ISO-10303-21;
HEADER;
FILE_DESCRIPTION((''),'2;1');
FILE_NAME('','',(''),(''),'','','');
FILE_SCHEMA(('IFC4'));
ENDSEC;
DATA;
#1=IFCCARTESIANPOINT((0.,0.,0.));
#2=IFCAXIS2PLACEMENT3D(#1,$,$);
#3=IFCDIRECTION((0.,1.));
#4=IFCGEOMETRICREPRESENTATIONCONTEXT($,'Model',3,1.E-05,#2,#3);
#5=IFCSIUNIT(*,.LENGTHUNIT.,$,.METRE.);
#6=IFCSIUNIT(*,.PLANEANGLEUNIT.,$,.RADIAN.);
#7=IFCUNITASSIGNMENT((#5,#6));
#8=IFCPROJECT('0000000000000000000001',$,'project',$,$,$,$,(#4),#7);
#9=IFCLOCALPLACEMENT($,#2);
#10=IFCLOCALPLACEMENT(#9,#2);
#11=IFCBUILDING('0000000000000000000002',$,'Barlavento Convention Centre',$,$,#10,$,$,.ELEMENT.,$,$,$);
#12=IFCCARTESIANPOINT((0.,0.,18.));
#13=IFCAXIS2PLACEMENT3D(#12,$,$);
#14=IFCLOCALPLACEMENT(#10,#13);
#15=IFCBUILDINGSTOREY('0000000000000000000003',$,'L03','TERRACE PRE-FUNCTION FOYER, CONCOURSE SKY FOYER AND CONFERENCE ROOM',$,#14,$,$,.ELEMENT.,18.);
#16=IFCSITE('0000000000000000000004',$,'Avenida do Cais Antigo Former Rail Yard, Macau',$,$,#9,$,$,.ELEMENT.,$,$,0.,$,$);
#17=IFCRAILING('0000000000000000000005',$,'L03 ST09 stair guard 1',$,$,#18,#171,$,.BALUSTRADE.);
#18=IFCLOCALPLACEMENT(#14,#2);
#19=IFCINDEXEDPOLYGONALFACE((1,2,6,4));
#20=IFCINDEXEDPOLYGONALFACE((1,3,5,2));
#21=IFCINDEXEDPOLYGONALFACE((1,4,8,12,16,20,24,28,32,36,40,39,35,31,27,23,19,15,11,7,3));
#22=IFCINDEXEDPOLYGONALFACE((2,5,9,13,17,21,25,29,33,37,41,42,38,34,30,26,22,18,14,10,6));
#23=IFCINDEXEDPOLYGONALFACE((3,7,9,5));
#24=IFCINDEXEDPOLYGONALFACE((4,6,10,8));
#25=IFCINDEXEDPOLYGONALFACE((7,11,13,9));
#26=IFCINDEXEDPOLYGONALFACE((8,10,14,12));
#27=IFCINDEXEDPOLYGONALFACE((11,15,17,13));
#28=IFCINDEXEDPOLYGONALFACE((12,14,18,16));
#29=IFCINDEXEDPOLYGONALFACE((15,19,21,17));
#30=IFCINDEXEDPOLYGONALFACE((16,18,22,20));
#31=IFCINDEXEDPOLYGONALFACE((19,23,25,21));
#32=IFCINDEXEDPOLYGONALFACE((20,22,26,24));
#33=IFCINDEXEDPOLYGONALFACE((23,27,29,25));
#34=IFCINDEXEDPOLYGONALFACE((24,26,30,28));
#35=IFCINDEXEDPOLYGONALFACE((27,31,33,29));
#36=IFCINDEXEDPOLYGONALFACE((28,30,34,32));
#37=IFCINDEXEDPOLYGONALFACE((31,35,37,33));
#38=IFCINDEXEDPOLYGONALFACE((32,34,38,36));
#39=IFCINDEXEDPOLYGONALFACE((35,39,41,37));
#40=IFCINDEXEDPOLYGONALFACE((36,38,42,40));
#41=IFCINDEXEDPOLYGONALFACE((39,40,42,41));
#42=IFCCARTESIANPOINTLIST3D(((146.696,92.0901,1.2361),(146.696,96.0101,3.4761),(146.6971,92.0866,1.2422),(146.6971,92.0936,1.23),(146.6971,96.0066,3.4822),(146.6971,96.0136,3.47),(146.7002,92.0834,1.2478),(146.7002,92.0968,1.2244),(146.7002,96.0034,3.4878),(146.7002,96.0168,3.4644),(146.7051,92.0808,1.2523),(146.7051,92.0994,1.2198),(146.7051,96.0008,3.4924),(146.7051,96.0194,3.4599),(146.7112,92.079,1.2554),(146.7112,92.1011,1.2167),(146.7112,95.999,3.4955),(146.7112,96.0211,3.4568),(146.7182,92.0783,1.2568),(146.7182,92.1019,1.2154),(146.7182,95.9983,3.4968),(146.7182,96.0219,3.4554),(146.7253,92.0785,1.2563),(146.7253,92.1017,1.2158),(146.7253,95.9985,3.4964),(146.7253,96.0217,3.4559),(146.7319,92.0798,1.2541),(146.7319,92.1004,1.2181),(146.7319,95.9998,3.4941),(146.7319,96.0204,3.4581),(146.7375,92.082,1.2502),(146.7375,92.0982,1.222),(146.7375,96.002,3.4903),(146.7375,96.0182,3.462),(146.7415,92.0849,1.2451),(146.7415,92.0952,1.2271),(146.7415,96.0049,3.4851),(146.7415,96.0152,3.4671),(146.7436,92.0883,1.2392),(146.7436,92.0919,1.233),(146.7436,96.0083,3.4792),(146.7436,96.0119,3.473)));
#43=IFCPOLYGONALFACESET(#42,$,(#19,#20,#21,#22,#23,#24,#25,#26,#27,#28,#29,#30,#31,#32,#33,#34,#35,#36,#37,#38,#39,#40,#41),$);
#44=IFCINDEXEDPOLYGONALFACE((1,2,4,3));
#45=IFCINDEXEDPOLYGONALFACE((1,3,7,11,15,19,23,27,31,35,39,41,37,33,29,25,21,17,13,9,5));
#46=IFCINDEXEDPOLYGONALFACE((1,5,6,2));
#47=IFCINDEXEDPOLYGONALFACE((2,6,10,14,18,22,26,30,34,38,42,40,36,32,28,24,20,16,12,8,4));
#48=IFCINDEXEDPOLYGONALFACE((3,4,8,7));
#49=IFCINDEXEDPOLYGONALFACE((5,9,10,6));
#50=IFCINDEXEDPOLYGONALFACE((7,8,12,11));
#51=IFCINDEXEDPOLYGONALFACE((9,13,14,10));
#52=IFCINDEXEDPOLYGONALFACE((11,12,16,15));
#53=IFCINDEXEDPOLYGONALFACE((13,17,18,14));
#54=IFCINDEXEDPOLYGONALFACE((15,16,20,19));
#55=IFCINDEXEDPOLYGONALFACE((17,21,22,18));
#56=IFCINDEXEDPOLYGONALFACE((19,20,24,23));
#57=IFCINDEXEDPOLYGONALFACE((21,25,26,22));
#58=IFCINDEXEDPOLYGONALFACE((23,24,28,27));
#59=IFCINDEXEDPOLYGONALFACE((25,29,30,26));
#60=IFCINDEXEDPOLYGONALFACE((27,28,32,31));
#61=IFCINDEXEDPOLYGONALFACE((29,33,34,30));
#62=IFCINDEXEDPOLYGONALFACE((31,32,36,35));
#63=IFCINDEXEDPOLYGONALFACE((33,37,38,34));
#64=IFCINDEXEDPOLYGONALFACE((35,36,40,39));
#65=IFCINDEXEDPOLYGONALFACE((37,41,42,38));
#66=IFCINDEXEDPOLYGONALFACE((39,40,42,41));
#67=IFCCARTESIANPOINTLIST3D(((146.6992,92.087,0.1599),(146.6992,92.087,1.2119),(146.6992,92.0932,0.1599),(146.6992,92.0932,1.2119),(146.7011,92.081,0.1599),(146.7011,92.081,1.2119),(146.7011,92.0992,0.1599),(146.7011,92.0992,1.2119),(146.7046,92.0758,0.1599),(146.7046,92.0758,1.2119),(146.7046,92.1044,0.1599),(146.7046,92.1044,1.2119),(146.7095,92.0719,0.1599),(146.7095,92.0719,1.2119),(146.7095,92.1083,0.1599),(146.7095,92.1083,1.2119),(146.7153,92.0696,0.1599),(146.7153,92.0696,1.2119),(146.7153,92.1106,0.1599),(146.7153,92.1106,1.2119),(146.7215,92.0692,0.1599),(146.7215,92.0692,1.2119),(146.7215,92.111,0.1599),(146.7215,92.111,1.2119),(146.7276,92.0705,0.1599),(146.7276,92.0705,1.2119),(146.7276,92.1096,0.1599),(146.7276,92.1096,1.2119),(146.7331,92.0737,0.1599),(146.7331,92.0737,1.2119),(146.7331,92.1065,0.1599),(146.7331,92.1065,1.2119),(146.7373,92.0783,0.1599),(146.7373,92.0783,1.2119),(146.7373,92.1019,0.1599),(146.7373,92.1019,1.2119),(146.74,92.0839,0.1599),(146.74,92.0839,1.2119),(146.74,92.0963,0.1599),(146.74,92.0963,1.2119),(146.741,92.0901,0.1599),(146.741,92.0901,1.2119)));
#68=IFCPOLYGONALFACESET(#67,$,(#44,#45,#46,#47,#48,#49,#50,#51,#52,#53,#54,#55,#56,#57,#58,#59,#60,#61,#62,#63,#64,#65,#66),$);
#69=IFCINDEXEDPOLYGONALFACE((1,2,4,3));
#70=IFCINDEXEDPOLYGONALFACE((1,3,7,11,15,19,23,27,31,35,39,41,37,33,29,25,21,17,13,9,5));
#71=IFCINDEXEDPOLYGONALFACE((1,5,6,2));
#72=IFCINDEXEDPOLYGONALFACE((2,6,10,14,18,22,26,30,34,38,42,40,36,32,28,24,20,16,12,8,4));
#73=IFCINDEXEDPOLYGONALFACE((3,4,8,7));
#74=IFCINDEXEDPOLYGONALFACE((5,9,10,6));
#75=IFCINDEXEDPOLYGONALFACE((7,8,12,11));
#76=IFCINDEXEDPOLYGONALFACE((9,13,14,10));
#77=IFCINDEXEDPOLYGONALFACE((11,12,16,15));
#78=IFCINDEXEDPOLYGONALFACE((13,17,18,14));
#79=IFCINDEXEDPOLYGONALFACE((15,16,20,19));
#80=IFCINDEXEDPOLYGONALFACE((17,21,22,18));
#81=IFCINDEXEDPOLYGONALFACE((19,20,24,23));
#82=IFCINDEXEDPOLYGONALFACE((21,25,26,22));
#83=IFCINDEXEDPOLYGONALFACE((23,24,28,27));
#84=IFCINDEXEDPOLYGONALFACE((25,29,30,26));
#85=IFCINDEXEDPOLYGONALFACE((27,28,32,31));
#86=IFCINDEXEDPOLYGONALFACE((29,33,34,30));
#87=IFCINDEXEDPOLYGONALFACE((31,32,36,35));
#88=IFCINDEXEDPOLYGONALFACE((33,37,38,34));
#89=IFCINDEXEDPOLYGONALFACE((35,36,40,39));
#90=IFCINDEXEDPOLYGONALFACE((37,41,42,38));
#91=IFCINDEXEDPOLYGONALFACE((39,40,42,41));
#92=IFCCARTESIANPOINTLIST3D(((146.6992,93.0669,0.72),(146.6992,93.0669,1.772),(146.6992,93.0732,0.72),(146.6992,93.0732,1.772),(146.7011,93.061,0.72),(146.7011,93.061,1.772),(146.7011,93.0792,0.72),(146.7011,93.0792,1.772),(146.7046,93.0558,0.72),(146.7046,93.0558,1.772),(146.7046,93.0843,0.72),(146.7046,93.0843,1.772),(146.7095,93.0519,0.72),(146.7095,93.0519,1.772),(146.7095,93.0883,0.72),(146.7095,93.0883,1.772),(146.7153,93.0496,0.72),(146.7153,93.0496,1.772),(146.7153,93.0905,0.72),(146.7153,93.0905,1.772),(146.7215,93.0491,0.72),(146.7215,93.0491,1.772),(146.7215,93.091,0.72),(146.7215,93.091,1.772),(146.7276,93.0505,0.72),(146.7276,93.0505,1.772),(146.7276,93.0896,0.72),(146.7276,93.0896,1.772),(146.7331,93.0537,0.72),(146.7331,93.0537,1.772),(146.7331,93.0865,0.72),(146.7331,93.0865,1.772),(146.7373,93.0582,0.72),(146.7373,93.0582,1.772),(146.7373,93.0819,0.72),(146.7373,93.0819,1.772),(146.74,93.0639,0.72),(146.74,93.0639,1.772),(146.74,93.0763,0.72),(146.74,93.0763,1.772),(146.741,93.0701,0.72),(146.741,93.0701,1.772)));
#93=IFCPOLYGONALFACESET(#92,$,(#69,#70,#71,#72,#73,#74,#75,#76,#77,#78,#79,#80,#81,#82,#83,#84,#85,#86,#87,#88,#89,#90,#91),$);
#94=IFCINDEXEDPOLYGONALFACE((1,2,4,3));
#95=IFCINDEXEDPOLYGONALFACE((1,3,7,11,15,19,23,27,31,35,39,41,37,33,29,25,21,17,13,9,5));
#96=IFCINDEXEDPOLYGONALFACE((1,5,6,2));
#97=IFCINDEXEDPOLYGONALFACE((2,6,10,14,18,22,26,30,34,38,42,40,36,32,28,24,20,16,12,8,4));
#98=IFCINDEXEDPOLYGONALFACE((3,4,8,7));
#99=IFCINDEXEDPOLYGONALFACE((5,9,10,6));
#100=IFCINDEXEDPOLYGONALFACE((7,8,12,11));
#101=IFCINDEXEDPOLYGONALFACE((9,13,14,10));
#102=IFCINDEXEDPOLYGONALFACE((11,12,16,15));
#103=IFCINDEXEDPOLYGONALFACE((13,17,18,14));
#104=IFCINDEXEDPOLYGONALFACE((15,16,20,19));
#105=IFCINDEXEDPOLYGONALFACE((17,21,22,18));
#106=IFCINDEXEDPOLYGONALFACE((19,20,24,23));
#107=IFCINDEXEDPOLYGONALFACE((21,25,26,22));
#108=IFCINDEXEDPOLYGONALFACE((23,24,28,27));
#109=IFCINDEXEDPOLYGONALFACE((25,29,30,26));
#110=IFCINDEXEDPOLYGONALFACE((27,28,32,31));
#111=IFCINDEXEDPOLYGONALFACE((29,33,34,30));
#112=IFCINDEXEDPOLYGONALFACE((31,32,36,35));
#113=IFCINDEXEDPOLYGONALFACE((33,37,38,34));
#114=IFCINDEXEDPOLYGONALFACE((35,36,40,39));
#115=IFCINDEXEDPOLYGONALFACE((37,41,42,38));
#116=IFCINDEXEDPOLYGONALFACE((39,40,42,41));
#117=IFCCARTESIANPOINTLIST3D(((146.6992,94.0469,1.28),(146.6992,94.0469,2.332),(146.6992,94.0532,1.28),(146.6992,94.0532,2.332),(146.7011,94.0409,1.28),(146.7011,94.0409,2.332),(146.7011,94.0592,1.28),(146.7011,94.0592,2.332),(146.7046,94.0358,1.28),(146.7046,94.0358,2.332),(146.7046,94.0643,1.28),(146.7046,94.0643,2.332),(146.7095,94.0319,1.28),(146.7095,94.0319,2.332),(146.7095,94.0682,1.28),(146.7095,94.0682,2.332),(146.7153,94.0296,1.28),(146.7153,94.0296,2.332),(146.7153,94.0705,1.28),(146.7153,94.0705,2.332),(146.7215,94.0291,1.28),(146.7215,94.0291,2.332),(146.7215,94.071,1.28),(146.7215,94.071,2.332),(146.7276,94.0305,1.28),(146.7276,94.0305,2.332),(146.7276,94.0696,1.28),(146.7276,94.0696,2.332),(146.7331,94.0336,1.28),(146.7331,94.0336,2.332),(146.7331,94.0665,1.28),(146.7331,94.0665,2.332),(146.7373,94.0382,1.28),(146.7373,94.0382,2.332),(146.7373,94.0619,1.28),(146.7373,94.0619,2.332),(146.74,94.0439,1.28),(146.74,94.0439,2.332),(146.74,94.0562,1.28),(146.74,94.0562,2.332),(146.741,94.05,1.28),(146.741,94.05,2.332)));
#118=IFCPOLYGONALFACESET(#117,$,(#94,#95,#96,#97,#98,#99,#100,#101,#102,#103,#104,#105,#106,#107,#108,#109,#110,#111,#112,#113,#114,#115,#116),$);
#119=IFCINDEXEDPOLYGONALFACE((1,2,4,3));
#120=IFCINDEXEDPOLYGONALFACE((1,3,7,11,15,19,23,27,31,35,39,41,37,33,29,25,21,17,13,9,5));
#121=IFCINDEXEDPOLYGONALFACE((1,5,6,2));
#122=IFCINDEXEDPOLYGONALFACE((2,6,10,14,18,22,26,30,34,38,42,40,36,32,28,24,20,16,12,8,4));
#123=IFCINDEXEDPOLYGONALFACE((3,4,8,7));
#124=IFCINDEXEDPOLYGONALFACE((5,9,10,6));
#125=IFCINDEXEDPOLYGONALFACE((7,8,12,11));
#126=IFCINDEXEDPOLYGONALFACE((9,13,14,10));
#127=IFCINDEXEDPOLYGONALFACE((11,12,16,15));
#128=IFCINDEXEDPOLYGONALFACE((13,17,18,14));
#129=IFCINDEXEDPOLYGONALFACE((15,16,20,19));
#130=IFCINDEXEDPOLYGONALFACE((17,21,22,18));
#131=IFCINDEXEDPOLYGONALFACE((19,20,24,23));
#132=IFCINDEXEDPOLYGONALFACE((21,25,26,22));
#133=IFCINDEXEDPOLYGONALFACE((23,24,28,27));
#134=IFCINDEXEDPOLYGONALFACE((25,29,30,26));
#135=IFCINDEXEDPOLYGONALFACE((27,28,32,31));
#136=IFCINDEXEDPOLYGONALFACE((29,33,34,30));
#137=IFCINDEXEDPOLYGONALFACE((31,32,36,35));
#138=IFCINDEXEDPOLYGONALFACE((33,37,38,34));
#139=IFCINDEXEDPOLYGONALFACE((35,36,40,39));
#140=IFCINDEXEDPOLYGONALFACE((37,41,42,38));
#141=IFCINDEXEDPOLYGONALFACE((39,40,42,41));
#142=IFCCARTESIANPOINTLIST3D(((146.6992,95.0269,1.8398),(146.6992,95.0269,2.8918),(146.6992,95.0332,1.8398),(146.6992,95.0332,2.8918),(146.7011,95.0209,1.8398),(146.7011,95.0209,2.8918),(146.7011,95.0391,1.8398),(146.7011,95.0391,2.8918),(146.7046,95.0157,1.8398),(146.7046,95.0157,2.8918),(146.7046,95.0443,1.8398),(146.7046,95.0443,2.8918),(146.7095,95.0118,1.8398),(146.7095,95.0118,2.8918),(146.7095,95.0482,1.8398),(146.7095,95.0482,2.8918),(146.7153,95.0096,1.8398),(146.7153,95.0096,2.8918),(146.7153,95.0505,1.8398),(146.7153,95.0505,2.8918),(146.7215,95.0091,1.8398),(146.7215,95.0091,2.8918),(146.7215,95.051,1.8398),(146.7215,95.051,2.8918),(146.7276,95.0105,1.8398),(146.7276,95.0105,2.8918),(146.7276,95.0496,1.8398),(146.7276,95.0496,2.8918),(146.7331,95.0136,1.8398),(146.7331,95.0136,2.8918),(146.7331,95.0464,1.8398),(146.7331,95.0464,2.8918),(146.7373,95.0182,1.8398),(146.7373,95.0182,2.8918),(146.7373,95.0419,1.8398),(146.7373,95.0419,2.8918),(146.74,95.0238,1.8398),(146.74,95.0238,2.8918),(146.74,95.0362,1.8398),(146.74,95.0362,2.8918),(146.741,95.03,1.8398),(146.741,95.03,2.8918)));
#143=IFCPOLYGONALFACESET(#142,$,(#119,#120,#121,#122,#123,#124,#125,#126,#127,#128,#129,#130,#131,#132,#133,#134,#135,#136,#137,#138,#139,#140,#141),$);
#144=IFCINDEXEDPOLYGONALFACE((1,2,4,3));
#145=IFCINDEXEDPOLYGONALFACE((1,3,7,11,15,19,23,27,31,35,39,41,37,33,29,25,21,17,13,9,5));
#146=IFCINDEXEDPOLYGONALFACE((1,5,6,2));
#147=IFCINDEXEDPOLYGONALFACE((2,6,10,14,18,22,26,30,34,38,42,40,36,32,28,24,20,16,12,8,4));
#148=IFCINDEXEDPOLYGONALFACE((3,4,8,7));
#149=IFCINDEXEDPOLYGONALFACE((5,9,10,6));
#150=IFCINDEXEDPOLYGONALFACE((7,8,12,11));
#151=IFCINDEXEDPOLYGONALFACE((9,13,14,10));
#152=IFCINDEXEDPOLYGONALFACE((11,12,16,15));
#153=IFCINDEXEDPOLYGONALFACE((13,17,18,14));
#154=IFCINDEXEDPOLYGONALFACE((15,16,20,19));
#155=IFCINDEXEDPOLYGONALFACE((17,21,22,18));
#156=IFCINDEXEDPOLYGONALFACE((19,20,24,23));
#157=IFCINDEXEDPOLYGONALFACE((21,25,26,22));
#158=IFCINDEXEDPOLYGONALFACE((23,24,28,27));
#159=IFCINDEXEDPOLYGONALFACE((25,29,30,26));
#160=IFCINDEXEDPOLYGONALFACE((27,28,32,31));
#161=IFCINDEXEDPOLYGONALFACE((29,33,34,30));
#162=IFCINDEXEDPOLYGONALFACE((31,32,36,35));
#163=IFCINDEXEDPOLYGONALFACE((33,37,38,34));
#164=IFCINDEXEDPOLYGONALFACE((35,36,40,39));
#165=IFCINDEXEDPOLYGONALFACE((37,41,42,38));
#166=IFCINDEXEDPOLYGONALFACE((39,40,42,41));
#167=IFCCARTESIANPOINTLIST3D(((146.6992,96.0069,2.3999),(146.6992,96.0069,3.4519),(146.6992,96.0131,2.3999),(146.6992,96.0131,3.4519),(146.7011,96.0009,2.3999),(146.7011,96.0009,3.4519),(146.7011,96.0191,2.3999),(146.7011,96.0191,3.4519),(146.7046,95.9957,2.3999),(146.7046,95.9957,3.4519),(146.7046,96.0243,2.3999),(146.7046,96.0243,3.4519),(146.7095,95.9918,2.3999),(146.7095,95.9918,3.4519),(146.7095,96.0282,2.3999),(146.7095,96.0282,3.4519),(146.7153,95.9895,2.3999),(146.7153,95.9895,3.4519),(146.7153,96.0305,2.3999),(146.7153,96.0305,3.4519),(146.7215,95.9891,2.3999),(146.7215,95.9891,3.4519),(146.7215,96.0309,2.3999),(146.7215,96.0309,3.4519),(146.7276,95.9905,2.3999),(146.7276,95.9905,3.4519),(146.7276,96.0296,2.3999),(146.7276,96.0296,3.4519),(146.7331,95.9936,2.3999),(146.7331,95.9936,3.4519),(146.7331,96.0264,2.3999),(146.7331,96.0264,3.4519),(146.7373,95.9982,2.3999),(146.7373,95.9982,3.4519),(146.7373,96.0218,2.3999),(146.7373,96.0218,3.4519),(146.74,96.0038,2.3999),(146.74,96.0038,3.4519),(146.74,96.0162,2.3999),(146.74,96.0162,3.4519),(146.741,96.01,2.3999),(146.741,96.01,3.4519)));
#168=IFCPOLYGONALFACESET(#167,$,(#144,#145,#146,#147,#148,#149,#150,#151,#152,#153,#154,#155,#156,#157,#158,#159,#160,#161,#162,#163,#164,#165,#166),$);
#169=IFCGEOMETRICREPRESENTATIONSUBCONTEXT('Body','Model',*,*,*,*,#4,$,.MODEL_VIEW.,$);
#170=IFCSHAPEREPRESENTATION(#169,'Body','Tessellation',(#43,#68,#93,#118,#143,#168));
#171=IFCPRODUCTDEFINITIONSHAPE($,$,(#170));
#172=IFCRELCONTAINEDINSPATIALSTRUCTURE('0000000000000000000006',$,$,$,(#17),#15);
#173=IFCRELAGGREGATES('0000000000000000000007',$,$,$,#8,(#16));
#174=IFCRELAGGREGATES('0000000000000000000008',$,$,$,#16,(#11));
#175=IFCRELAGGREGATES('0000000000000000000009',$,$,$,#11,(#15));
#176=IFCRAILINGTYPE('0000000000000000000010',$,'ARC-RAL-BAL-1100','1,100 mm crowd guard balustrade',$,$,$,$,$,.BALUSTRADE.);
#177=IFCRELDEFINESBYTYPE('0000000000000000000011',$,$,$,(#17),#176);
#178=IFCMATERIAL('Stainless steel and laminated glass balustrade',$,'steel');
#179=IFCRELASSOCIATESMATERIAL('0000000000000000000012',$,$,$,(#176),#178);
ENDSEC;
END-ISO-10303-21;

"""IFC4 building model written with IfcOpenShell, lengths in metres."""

from ifc_helpers import new_model, si_unit, direction, frame, origin, origin_2d, place, context, subcontext, project, spatial, circle, extrude, material, type_object, element, save


model = new_model("IFC4")

# Units and contexts
model_context = context("Model", 3, precision=1e-05, world=origin(), true_north=direction((0.0, 1.0)))
body_context = subcontext(model_context, "Body", "Model", "MODEL_VIEW")
ifc_project = project(units=[si_unit("LENGTHUNIT", "METRE"), si_unit("PLANEANGLEUNIT", "RADIAN")], contexts=[model_context])

# Site, building, storey
site_placement = place(None, origin())
site = spatial("IfcSite", under=ifc_project, at=site_placement, Name="Avenida do Cais Antigo Former Rail Yard, Macau", CompositionType="ELEMENT", RefElevation=0.0)
building_placement = place(site_placement, origin())
building = spatial("IfcBuilding", under=site, at=building_placement, Name="Barlavento Convention Centre", CompositionType="ELEMENT")
storey_placement = place(building_placement, frame((0.0, 0.0, 18.0)))
storey = spatial("IfcBuildingStorey", under=building, at=storey_placement, Name="L03", Description="TERRACE PRE-FUNCTION FOYER, CONCOURSE SKY FOYER AND CONFERENCE ROOM", CompositionType="ELEMENT", Elevation=18.0)

# Railing
ifc_material_1 = material(Name="Stainless steel and laminated glass balustrade", Category="steel")
railing_type_1 = type_object("IfcRailingType", Name="ARC-RAL-BAL-1100", Description="1,100 mm crowd guard balustrade", PredefinedType="BALUSTRADE", material=ifc_material_1)
railing_1_placement = place(storey_placement, frame((146.72, 92.0901, 0.1599)))
element("IfcRailing", 1, at=railing_1_placement, inside=storey, type_object=railing_type_1, Name="L03 ST09 stair guard 1", PredefinedType="BALUSTRADE", context=body_context, shape_type="SweptSolid", body=[
    extrude(circle(Radius=0.0239, at=origin_2d()), frame((0.0, 0.0, 1.0762), z_axis=(0.0, 0.86824, 0.496145), x_axis=(-1.0, 0.0, 0.0)), (0.0, 0.0, 1.0), 4.5149),
    extrude(circle(Radius=0.021, at=origin_2d()), origin(), (0.0, 0.0, 1.0), 1.052),
    extrude(circle(Radius=0.021, at=origin_2d()), frame((0.0, 0.98, 0.5601)), (0.0, 0.0, 1.0), 1.052),
    extrude(circle(Radius=0.021, at=origin_2d()), frame((0.0, 1.96, 1.1201)), (0.0, 0.0, 1.0), 1.052),
    extrude(circle(Radius=0.021, at=origin_2d()), frame((0.0, 2.9399, 1.6799)), (0.0, 0.0, 1.0), 1.052),
    extrude(circle(Radius=0.021, at=origin_2d()), frame((0.0, 3.9199, 2.24)), (0.0, 0.0, 1.0), 1.052),
])

save(model, "model.ifc")
